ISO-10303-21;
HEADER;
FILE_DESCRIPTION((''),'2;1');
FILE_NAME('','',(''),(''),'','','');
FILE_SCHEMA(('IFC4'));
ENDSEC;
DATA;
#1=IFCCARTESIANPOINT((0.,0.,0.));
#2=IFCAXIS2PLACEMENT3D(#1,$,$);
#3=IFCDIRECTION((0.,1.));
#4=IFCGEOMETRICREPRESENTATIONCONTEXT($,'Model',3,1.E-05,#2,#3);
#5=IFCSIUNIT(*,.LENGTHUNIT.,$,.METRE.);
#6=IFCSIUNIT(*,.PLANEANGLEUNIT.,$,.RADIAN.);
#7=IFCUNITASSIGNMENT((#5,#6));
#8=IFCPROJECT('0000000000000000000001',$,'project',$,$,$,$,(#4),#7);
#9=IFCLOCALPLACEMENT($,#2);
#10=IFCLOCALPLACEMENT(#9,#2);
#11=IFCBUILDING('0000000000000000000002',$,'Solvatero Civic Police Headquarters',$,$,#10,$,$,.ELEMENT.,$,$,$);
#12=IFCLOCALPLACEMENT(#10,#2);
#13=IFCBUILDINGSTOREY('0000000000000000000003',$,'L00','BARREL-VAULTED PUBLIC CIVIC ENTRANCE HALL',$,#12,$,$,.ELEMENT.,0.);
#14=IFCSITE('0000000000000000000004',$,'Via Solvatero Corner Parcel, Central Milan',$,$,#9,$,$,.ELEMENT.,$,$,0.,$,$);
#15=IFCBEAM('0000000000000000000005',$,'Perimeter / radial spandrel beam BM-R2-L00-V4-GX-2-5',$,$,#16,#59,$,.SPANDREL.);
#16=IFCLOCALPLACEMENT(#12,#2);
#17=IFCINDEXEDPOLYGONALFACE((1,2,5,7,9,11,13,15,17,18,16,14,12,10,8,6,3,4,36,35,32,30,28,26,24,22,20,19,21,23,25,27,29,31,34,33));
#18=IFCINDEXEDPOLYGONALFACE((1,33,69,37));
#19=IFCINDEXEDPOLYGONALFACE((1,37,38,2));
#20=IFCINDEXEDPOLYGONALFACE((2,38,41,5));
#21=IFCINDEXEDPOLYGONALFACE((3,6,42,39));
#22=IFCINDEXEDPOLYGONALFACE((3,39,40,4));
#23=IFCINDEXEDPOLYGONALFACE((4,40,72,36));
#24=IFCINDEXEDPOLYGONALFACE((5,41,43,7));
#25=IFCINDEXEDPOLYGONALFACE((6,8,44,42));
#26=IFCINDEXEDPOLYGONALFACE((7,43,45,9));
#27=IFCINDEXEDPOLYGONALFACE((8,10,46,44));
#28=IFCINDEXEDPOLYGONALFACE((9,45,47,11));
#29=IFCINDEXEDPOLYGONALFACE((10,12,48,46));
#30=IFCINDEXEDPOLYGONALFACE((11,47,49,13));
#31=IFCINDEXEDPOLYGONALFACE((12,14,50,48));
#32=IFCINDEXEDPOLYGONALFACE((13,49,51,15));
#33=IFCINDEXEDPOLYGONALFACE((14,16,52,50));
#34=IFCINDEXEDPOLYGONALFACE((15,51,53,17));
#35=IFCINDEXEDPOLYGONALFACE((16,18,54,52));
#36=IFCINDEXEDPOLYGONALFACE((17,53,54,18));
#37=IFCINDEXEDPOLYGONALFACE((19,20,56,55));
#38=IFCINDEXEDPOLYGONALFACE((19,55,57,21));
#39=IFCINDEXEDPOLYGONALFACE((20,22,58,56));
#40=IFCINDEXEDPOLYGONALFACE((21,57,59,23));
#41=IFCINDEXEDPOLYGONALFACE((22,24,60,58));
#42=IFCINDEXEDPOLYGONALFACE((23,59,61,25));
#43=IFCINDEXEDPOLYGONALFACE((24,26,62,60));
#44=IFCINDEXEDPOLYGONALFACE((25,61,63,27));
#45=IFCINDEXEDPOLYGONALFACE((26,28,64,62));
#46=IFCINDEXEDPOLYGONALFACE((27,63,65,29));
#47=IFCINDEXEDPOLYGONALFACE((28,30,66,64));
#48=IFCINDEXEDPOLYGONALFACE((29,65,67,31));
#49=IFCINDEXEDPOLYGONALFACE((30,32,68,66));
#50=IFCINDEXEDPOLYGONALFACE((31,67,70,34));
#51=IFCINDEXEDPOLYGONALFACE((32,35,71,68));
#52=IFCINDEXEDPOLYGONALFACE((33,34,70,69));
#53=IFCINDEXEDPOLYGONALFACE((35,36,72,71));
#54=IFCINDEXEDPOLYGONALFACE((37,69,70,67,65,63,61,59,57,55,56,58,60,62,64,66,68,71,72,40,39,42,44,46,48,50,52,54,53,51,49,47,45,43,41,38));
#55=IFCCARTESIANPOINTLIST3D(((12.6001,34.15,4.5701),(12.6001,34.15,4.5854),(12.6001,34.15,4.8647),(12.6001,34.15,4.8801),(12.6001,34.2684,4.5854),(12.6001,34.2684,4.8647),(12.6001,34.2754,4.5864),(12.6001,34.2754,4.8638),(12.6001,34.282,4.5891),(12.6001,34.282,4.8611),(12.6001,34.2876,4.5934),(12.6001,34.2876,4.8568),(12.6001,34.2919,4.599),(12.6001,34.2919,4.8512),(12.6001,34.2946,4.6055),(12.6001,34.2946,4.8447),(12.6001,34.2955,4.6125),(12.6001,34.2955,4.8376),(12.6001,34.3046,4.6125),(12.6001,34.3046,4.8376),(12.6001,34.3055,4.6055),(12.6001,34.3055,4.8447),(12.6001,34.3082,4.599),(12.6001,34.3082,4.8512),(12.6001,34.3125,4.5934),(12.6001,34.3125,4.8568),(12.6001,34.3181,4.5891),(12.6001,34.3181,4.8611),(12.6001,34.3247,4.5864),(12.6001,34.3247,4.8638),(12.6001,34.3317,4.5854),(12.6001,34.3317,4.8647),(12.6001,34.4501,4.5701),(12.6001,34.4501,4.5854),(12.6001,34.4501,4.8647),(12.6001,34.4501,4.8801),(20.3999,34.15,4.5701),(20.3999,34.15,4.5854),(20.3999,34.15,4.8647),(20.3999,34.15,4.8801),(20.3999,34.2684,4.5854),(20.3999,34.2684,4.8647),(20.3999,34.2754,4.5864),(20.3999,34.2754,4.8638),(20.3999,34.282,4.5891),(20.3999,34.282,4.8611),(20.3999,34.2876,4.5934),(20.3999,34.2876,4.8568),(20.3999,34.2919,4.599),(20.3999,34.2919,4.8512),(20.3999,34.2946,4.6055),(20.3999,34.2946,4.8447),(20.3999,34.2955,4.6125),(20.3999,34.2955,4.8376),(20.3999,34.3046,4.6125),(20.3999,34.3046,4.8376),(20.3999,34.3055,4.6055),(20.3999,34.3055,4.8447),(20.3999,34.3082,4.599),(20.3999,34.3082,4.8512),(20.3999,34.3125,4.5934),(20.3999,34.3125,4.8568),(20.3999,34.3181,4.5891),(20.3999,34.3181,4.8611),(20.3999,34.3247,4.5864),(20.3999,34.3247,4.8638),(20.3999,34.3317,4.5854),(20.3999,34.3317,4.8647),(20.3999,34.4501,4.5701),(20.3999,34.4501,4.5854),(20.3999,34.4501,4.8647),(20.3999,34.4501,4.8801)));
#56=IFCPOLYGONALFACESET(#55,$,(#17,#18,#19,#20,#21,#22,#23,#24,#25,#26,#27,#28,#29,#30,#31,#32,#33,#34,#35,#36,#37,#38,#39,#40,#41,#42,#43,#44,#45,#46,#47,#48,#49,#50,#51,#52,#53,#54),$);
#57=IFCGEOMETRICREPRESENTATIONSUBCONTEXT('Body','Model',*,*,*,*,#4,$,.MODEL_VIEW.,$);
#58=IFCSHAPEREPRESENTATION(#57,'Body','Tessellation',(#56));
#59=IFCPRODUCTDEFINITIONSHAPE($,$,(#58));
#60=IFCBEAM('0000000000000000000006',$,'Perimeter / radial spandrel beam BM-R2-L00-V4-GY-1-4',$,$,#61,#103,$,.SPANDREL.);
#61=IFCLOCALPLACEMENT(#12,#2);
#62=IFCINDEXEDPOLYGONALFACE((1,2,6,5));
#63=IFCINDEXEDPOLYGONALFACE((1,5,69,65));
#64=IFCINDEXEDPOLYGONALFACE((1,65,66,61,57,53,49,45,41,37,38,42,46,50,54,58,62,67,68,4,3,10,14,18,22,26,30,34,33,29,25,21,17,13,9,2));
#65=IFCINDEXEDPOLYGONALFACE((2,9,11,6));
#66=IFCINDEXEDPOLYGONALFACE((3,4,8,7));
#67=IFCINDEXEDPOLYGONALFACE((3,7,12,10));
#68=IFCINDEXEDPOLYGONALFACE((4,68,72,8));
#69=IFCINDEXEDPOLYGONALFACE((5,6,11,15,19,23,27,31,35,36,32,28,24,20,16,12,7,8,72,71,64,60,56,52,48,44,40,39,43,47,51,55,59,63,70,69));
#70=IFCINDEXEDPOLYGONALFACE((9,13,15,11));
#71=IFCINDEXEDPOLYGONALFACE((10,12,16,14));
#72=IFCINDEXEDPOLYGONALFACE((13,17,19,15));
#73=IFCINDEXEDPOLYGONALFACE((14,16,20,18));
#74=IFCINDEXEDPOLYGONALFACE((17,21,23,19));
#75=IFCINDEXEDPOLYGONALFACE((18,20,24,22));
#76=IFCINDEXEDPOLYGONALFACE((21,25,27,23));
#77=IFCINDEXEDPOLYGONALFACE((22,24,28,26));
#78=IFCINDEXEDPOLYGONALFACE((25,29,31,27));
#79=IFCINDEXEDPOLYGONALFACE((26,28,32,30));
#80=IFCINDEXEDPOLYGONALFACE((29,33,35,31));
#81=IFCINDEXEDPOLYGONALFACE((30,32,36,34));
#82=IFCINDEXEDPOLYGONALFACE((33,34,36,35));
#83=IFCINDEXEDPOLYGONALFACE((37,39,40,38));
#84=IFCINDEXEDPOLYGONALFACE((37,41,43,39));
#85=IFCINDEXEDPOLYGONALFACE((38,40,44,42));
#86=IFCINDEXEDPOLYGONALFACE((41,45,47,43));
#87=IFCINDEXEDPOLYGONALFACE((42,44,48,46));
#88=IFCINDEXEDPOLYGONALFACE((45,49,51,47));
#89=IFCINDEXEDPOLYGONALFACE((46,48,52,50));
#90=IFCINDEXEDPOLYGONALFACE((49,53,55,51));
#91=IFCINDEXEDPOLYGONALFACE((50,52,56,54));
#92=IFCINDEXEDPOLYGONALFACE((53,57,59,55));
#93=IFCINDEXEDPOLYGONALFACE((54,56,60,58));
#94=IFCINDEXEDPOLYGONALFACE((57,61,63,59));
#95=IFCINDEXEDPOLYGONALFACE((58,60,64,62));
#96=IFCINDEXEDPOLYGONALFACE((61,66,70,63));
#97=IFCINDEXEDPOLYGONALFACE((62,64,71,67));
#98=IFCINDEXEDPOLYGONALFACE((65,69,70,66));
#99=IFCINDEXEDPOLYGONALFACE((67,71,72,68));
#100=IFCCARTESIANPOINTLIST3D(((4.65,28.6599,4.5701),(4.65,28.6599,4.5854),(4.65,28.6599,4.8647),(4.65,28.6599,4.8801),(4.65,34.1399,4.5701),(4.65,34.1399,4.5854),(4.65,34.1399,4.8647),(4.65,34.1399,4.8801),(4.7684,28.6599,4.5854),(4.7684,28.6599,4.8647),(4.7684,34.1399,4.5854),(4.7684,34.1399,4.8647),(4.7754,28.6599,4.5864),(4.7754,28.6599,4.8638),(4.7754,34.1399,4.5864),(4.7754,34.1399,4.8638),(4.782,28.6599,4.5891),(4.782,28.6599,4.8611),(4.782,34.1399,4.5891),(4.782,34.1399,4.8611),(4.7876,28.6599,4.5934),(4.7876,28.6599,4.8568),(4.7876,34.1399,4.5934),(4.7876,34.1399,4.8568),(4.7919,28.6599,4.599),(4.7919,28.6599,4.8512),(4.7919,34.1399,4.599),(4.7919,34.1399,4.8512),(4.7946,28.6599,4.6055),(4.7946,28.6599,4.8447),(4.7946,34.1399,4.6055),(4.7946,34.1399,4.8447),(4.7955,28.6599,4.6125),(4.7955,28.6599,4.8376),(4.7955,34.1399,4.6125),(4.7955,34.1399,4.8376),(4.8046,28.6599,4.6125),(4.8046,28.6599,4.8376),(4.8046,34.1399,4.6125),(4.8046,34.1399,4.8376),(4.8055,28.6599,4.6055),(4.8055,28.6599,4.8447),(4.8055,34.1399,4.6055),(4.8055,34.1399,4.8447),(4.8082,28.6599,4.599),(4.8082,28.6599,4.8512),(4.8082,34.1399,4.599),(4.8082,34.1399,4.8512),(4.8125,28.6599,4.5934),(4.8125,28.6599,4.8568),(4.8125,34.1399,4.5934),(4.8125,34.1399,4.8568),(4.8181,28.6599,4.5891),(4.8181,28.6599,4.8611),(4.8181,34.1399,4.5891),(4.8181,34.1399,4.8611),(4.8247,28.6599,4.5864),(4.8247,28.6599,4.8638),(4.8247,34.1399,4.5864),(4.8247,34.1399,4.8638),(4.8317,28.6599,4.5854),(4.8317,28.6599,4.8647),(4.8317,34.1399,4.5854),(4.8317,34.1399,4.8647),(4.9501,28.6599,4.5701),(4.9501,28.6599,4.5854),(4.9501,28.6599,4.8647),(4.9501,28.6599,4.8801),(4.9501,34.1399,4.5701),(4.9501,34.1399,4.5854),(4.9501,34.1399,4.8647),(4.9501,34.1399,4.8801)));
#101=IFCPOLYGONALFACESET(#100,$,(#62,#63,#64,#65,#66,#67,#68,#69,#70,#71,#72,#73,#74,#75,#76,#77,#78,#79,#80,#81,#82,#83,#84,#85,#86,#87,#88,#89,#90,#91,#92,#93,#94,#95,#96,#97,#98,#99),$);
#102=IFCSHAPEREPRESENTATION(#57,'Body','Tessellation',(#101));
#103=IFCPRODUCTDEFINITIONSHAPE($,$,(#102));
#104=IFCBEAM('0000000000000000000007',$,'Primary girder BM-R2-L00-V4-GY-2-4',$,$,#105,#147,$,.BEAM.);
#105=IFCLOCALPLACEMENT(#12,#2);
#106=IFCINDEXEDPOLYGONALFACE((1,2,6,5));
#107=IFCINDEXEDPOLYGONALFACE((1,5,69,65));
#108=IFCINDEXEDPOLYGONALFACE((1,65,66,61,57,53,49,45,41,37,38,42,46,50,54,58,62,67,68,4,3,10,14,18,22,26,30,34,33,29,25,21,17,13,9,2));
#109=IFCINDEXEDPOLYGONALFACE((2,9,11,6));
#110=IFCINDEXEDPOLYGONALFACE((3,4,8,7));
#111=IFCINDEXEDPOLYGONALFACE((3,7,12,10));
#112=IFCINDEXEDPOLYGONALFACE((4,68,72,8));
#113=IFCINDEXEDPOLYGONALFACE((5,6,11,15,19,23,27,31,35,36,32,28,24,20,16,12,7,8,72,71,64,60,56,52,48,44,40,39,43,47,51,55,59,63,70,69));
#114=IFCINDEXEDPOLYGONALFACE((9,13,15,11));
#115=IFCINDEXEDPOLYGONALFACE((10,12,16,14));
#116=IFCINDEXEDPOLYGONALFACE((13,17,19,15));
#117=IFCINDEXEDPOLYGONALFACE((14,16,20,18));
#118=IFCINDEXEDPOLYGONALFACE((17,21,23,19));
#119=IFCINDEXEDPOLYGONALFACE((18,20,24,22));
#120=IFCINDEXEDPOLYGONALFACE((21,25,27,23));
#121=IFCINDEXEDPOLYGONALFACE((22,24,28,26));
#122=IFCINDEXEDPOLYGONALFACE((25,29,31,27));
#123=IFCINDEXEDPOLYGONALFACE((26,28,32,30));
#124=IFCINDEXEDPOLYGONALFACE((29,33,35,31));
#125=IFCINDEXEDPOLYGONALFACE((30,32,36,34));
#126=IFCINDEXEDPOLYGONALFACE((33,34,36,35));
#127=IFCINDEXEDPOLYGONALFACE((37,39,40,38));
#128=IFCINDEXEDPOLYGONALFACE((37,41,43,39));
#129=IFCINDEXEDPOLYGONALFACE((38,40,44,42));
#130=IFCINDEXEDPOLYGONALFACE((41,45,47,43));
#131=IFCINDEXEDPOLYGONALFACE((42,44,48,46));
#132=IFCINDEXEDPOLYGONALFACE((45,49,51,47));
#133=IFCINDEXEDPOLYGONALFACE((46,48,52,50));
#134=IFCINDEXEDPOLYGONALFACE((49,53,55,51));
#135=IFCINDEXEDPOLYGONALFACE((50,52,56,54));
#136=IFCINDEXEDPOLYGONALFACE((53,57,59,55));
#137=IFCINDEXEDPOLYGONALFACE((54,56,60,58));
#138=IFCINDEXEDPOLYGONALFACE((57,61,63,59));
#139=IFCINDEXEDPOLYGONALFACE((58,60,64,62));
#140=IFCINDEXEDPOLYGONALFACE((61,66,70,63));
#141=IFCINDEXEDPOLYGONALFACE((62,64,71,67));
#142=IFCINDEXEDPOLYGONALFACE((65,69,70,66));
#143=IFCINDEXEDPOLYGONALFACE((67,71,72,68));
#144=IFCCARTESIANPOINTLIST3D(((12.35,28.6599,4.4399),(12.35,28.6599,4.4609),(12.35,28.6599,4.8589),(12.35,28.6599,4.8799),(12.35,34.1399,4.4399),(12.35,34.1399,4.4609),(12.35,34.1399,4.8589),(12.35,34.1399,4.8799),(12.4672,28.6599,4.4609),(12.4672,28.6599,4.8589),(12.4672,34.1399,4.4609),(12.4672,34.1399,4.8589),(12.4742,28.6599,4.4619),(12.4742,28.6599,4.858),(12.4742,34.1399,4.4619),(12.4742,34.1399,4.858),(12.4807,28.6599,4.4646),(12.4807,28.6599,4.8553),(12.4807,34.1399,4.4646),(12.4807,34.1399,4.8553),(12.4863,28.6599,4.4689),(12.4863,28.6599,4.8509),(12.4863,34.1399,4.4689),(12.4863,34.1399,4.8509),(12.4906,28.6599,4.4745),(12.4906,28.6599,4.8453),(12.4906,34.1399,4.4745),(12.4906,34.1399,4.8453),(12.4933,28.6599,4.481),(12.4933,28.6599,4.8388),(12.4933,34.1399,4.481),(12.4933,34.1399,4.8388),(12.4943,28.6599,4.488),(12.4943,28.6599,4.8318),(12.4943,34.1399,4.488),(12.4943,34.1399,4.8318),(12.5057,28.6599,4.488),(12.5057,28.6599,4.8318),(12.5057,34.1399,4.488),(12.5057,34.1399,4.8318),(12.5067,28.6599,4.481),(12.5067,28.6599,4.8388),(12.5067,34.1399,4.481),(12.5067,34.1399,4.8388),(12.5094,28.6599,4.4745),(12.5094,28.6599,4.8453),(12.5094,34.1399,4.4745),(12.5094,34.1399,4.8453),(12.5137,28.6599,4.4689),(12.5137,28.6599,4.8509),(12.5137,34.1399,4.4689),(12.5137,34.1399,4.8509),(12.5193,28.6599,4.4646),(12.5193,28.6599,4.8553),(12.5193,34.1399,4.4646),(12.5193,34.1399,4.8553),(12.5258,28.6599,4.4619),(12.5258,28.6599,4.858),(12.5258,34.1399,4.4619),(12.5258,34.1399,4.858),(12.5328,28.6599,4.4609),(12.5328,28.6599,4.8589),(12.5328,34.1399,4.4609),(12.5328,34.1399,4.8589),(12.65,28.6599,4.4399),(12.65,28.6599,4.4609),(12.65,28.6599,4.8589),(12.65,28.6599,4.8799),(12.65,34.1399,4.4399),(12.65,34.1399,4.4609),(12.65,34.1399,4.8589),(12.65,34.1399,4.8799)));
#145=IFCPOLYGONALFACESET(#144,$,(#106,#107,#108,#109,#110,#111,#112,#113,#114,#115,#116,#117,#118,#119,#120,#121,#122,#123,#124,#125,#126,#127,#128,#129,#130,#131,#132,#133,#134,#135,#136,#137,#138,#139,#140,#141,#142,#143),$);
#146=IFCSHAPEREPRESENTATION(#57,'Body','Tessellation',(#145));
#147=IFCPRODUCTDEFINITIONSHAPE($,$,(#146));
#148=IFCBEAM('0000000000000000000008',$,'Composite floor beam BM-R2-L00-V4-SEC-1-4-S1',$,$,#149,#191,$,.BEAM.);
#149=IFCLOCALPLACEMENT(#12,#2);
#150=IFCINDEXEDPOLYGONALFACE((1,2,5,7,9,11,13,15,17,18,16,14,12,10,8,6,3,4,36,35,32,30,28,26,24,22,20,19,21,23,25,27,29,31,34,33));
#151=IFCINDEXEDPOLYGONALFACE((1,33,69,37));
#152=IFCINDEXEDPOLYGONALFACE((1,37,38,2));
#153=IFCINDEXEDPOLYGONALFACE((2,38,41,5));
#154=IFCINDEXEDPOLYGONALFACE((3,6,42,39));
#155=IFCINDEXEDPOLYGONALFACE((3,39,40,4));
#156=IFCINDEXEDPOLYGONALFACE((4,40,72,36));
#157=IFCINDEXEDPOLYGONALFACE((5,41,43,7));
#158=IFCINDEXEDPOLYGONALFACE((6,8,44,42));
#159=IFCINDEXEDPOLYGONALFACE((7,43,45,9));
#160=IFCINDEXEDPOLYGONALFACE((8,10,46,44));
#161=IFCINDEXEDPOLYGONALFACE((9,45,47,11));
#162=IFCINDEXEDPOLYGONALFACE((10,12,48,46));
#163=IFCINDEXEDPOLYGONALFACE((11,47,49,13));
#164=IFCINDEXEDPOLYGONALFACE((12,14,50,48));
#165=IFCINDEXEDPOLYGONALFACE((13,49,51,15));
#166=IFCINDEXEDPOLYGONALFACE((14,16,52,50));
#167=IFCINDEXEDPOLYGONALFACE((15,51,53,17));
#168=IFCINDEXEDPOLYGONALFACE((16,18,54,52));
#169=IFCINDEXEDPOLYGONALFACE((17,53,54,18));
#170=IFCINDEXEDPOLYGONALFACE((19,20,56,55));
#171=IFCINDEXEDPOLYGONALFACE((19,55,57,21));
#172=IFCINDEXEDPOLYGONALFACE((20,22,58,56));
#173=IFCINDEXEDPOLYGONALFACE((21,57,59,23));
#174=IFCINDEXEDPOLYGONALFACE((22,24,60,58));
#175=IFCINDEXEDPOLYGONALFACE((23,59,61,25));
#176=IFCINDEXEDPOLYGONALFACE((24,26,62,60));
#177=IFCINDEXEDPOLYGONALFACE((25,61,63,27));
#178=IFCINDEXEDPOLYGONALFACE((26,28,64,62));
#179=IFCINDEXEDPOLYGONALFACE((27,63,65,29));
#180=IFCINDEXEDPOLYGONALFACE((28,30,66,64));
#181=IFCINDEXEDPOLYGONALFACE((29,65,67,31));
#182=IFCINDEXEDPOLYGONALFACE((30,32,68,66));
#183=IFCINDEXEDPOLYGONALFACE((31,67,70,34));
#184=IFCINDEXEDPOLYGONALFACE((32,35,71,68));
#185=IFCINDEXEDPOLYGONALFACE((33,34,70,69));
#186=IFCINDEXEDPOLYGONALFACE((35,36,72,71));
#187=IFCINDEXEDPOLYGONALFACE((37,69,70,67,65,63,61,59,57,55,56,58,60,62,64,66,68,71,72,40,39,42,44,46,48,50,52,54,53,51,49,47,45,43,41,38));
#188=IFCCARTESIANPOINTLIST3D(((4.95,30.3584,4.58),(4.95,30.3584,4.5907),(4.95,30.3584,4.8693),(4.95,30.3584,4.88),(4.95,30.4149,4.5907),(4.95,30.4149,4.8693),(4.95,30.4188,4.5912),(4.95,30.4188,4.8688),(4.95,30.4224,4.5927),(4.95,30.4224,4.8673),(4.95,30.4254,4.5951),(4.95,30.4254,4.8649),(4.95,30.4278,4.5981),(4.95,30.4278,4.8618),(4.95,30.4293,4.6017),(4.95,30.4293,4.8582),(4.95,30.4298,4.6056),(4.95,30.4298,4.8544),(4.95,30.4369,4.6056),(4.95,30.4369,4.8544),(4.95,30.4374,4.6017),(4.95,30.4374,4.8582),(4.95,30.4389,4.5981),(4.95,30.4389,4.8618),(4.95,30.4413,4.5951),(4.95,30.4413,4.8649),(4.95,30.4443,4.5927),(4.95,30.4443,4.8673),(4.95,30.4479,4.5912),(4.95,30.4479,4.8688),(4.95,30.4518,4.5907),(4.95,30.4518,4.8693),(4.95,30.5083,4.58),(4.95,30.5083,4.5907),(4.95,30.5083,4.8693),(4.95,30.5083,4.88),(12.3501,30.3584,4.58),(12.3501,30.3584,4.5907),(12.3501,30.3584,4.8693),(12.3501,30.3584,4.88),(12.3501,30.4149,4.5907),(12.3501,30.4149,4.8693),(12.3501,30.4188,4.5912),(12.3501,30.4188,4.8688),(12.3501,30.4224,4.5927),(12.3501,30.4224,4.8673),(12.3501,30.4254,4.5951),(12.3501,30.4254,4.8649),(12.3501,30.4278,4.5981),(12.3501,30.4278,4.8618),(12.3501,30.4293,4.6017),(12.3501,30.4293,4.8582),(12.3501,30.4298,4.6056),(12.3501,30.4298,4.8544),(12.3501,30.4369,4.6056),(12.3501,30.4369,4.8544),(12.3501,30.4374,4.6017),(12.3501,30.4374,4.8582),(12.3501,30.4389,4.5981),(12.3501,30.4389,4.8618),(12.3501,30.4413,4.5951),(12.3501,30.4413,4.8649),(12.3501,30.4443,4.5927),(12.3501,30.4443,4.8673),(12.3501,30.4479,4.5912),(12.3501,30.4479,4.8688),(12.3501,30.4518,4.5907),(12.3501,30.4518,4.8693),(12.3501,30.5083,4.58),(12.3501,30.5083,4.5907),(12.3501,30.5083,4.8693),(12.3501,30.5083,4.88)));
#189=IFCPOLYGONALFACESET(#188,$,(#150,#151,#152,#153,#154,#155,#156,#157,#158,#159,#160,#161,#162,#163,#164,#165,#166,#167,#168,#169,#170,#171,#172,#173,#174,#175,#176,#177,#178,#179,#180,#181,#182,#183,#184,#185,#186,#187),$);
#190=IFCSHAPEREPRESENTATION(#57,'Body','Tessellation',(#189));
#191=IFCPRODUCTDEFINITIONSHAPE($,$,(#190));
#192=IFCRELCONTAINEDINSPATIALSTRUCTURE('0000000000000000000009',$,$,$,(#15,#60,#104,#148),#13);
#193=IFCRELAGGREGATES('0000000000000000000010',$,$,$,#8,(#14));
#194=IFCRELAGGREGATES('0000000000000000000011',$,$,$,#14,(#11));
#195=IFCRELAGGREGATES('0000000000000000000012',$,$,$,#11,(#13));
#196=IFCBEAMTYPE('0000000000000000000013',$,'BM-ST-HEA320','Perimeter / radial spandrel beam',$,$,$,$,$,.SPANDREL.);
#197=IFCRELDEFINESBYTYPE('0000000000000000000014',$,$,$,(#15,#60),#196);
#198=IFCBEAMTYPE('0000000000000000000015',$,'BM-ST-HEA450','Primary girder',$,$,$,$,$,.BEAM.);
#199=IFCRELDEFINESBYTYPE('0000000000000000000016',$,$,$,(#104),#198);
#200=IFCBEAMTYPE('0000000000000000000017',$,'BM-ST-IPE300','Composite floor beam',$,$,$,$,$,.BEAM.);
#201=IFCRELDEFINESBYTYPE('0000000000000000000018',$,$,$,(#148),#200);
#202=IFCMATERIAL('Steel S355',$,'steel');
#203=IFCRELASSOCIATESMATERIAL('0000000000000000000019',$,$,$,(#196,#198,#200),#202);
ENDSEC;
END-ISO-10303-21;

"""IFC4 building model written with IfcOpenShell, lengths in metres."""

from ifc_helpers import new_model, si_unit, direction, frame, origin, origin_2d, place, context, subcontext, project, spatial, i_section, extrude, material, material_profile, profile_set, type_object, element, save


model = new_model("IFC4")

# Units and contexts
model_context = context("Model", 3, precision=1e-05, world=origin(), true_north=direction((0.0, 1.0)))
body_context = subcontext(model_context, "Body", "Model", "MODEL_VIEW")
ifc_project = project(units=[si_unit("LENGTHUNIT", "METRE"), si_unit("PLANEANGLEUNIT", "RADIAN")], contexts=[model_context])

# Site, building, storey
site_placement = place(None, origin())
site = spatial("IfcSite", under=ifc_project, at=site_placement, Name="Via Solvatero Corner Parcel, Central Milan", CompositionType="ELEMENT", RefElevation=0.0)
building_placement = place(site_placement, origin())
building = spatial("IfcBuilding", under=site, at=building_placement, Name="Solvatero Civic Police Headquarters", CompositionType="ELEMENT")
storey_placement = place(building_placement, origin())
storey = spatial("IfcBuildingStorey", under=building, at=storey_placement, Name="L00", Description="BARREL-VAULTED PUBLIC CIVIC ENTRANCE HALL", CompositionType="ELEMENT", Elevation=0.0)

# Beams
ifc_material_1 = material(Name="Steel S355", Category="steel")
ifc_material_profile_1 = material_profile(ifc_material_1, i_section(OverallWidth=0.3, OverallDepth=0.3101, WebThickness=0.009, FlangeThickness=0.0154, FilletRadius=0.0271, at=origin_2d()), Name="HEA 320")
ifc_profile_set_1 = profile_set([ifc_material_profile_1], Name="Steel S355")
beam_type_1 = type_object("IfcBeamType", Name="BM-ST-HEA320", Description="Perimeter / radial spandrel beam", PredefinedType="SPANDREL", material=ifc_profile_set_1)
beam_1_placement = place(storey_placement, frame((12.6001, 34.3, 4.7251), z_axis=(1.0, 0.0, 0.0), x_axis=(0.0, 1.0, 0.0)))
element("IfcBeam", 1, at=beam_1_placement, inside=storey, type_object=beam_type_1, Name="Perimeter / radial spandrel beam BM-R2-L00-V4-GX-2-5", PredefinedType="SPANDREL", context=body_context, shape_type="SweptSolid", body=[
    extrude(i_section(OverallWidth=0.3, OverallDepth=0.3101, WebThickness=0.009, FlangeThickness=0.0154, FilletRadius=0.0271, at=origin_2d()), origin(), (0.0, 0.0, 1.0), 7.7998),
])
beam_2_placement = place(storey_placement, frame((4.8, 28.6599, 4.7251), z_axis=(0.0, 1.0, 0.0), x_axis=(-1.0, 0.0, 0.0)))
element("IfcBeam", 2, at=beam_2_placement, inside=storey, type_object=beam_type_1, Name="Perimeter / radial spandrel beam BM-R2-L00-V4-GY-1-4", PredefinedType="SPANDREL", context=body_context, shape_type="SweptSolid", body=[
    extrude(i_section(OverallWidth=0.3, OverallDepth=0.3101, WebThickness=0.009, FlangeThickness=0.0154, FilletRadius=0.0271, at=origin_2d()), origin(), (0.0, 0.0, 1.0), 5.48),
])
ifc_material_profile_2 = material_profile(ifc_material_1, i_section(OverallWidth=0.3, OverallDepth=0.4399, WebThickness=0.0115, FlangeThickness=0.021, FilletRadius=0.0271, at=origin_2d()), Name="HEA 450")
ifc_profile_set_2 = profile_set([ifc_material_profile_2], Name="Steel S355")
beam_type_2 = type_object("IfcBeamType", Name="BM-ST-HEA450", Description="Primary girder", PredefinedType="BEAM", material=ifc_profile_set_2)
beam_3_placement = place(storey_placement, frame((12.5, 28.6599, 4.6599), z_axis=(0.0, 1.0, 0.0), x_axis=(-1.0, 0.0, 0.0)))
element("IfcBeam", 3, at=beam_3_placement, inside=storey, type_object=beam_type_2, Name="Primary girder BM-R2-L00-V4-GY-2-4", PredefinedType="BEAM", context=body_context, shape_type="SweptSolid", body=[
    extrude(i_section(OverallWidth=0.3, OverallDepth=0.4399, WebThickness=0.0115, FlangeThickness=0.021, FilletRadius=0.0271, at=origin_2d()), origin(), (0.0, 0.0, 1.0), 5.48),
])
ifc_material_profile_3 = material_profile(ifc_material_1, i_section(OverallWidth=0.1499, OverallDepth=0.3, WebThickness=0.0071, FlangeThickness=0.0107, FilletRadius=0.0149, at=origin_2d()), Name="IPE 300")
ifc_profile_set_3 = profile_set([ifc_material_profile_3], Name="Steel S355")
beam_type_3 = type_object("IfcBeamType", Name="BM-ST-IPE300", Description="Composite floor beam", PredefinedType="BEAM", material=ifc_profile_set_3)
for number, where, z_axis, x_axis, name in (
    (4, (4.95, 30.4333, 4.73), (1.0, 0.0, 0.0), (0.0, 1.0, 0.0), "Composite floor beam BM-R2-L00-V4-SEC-1-4-S1"),
):
    element("IfcBeam", number, at=place(storey_placement, frame(where, z_axis=z_axis, x_axis=x_axis)), inside=storey, type_object=beam_type_3, Name=name, PredefinedType="BEAM", context=body_context, shape_type="SweptSolid", body=[
        extrude(i_section(OverallWidth=0.1499, OverallDepth=0.3, WebThickness=0.0071, FlangeThickness=0.0107, FilletRadius=0.0149, at=origin_2d()), origin(), (0.0, 0.0, 1.0), 7.4001),
    ])

save(model, "model.ifc")
